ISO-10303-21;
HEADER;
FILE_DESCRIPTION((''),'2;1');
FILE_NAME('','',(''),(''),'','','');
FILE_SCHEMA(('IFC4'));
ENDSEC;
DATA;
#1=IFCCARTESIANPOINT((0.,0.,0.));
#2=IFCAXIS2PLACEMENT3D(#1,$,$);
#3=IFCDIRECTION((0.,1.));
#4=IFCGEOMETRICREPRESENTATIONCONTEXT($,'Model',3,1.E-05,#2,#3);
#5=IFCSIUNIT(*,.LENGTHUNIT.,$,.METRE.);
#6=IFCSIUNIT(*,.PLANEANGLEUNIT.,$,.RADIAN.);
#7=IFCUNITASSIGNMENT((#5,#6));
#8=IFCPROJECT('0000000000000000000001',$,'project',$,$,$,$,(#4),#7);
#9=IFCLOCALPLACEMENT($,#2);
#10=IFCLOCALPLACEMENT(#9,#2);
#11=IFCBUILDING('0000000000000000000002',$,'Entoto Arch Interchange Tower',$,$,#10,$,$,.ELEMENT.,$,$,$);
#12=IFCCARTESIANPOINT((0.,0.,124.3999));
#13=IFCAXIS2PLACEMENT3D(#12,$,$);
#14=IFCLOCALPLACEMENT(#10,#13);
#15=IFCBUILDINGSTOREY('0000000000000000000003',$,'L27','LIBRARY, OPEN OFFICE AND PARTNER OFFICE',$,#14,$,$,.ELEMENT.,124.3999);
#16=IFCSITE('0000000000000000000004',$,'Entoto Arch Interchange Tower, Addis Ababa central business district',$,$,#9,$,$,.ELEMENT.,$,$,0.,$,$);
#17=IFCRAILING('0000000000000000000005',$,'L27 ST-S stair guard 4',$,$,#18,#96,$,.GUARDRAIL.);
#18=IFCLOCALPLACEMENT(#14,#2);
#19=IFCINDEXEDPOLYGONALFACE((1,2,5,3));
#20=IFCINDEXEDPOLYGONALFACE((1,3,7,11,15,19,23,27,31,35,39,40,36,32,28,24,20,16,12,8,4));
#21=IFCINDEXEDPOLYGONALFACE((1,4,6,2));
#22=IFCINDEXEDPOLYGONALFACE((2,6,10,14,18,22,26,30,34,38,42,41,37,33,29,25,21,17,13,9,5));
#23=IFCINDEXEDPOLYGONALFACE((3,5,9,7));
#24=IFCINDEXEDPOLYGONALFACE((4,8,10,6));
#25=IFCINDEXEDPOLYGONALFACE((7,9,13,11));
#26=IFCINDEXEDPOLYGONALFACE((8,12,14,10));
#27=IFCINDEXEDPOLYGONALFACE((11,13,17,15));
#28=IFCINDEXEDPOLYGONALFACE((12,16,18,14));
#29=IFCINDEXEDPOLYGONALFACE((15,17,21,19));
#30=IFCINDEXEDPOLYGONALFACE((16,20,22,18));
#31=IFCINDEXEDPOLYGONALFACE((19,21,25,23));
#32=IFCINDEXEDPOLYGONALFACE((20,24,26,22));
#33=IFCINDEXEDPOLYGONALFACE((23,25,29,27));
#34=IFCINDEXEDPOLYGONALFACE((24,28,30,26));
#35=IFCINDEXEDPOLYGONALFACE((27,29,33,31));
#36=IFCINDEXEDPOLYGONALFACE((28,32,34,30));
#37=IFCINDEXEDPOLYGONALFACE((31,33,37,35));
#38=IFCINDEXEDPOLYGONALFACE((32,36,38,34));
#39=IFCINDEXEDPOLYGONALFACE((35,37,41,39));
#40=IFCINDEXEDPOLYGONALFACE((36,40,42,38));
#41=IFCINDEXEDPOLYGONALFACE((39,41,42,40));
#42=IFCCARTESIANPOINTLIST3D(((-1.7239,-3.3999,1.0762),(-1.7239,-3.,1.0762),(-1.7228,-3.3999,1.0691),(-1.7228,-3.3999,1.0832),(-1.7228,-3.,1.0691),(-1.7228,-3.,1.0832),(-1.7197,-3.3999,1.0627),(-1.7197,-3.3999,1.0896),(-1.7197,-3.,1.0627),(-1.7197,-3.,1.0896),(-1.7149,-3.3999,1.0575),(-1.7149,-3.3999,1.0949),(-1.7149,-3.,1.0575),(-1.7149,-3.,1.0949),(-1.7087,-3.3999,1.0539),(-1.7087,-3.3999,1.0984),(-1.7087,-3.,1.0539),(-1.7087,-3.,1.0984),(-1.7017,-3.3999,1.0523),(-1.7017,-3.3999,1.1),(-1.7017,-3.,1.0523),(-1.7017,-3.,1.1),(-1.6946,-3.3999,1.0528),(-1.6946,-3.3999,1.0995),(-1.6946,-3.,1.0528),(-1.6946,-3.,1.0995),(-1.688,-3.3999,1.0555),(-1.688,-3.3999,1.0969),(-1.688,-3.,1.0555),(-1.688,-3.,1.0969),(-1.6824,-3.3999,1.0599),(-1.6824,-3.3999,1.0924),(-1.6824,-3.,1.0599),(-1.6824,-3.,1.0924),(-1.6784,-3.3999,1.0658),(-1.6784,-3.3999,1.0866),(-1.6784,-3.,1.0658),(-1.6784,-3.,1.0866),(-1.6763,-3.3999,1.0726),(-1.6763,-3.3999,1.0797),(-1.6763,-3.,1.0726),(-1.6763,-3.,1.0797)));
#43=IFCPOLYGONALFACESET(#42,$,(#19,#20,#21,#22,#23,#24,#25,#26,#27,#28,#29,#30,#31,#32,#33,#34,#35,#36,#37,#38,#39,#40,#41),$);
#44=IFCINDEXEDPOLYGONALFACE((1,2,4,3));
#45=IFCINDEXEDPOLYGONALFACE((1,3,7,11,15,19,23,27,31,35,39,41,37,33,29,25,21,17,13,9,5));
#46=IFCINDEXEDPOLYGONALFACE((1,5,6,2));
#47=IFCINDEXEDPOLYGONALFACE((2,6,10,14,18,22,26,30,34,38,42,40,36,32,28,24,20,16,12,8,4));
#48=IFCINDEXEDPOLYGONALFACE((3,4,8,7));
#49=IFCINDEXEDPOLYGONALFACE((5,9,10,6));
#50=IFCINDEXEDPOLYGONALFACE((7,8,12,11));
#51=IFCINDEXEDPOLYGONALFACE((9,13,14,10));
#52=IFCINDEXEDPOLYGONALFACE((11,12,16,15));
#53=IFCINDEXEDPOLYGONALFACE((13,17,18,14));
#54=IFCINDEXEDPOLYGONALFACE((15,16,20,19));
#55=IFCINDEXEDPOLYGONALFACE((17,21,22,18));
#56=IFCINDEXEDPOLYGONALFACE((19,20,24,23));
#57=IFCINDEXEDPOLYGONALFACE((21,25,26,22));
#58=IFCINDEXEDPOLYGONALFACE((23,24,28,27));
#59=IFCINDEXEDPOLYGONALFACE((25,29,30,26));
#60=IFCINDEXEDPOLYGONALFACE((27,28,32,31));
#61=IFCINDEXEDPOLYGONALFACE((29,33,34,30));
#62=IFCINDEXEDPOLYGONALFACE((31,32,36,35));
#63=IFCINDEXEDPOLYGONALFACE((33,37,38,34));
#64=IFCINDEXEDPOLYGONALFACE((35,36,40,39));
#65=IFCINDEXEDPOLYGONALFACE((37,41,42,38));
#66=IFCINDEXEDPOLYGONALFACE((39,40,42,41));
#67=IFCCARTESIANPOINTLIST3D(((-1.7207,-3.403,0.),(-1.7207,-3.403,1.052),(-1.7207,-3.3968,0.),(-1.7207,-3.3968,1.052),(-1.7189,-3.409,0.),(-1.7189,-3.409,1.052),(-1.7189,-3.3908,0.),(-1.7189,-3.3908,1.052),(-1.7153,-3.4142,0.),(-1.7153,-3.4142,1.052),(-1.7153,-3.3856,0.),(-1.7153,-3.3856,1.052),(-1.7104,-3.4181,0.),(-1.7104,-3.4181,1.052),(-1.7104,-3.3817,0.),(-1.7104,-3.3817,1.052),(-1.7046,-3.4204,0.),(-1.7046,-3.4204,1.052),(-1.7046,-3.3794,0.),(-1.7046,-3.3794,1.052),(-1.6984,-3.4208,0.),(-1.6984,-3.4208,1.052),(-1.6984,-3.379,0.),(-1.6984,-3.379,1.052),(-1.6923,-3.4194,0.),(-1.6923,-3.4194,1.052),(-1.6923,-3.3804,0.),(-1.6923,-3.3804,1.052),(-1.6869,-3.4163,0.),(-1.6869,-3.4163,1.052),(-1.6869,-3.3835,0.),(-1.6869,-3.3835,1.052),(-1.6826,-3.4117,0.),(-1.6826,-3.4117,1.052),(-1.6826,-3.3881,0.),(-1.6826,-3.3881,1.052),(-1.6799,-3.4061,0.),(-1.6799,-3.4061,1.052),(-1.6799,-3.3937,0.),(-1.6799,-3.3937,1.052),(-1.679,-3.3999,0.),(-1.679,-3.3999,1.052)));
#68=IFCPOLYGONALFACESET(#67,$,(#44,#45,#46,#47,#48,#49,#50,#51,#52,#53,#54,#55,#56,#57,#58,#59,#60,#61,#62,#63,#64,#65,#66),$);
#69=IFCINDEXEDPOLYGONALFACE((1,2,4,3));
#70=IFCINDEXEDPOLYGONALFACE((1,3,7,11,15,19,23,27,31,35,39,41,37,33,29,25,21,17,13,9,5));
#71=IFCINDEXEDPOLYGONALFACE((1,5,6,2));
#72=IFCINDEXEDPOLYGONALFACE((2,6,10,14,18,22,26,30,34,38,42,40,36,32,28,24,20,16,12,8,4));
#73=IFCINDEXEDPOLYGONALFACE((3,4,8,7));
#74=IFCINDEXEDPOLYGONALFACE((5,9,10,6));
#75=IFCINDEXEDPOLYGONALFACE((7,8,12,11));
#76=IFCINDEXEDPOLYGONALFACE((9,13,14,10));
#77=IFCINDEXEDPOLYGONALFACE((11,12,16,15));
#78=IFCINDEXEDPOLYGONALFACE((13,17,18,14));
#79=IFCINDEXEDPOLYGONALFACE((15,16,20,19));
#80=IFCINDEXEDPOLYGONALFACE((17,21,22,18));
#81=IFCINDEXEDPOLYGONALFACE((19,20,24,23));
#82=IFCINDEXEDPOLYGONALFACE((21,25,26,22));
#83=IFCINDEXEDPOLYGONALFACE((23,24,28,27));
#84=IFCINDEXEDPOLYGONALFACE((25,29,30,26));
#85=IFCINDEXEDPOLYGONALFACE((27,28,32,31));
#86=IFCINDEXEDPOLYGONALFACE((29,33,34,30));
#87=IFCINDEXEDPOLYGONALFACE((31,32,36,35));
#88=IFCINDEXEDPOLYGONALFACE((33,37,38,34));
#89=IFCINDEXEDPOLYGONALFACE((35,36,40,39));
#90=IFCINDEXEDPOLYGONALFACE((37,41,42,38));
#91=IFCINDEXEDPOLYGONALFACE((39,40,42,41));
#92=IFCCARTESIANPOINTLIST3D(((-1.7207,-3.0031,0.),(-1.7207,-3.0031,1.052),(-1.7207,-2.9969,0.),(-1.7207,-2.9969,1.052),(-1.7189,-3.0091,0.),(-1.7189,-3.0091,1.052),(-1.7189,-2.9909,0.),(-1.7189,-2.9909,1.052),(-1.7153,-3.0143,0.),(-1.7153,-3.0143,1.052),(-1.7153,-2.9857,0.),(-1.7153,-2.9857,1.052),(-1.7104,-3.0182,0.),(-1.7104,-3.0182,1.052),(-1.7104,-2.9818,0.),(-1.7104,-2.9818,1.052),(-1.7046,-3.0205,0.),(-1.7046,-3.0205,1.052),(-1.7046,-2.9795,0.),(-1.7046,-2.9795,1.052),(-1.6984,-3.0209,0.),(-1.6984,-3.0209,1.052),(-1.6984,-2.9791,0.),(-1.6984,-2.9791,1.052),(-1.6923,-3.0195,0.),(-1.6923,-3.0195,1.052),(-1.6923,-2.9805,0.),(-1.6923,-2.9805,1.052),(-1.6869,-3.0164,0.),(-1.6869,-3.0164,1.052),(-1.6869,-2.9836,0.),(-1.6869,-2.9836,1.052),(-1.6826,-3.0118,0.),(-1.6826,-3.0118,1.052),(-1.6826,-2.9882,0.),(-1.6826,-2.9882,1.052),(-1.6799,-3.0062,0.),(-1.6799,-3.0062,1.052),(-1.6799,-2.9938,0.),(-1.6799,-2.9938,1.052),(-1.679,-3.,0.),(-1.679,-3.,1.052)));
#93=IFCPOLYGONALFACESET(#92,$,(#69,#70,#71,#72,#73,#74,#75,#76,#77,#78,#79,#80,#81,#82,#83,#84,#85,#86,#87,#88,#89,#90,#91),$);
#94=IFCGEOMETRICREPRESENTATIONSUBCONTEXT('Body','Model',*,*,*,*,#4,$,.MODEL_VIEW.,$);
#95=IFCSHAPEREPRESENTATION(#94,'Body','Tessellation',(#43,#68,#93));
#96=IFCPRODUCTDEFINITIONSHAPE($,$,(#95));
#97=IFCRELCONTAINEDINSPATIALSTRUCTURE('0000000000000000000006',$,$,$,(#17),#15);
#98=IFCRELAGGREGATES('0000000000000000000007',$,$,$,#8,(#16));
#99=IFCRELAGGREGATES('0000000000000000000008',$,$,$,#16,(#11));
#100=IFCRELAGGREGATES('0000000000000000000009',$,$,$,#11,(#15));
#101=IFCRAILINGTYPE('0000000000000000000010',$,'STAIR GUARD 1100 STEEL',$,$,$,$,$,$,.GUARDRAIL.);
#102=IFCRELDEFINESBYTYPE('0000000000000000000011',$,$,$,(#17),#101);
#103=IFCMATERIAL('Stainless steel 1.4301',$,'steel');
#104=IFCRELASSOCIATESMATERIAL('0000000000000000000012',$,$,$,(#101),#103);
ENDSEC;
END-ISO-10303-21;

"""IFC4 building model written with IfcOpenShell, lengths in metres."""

from ifc_helpers import new_model, si_unit, direction, frame, origin, origin_2d, place, context, subcontext, project, spatial, circle, extrude, material, type_object, element, save


model = new_model("IFC4")

# Units and contexts
model_context = context("Model", 3, precision=1e-05, world=origin(), true_north=direction((0.0, 1.0)))
body_context = subcontext(model_context, "Body", "Model", "MODEL_VIEW")
ifc_project = project(units=[si_unit("LENGTHUNIT", "METRE"), si_unit("PLANEANGLEUNIT", "RADIAN")], contexts=[model_context])

# Site, building, storey
site_placement = place(None, origin())
site = spatial("IfcSite", under=ifc_project, at=site_placement, Name="Entoto Arch Interchange Tower, Addis Ababa central business district", CompositionType="ELEMENT", RefElevation=0.0)
building_placement = place(site_placement, origin())
building = spatial("IfcBuilding", under=site, at=building_placement, Name="Entoto Arch Interchange Tower", CompositionType="ELEMENT")
storey_placement = place(building_placement, frame((0.0, 0.0, 124.3999)))
storey = spatial("IfcBuildingStorey", under=building, at=storey_placement, Name="L27", Description="LIBRARY, OPEN OFFICE AND PARTNER OFFICE", CompositionType="ELEMENT", Elevation=124.3999)

# Railing
ifc_material_1 = material(Name="Stainless steel 1.4301", Category="steel")
railing_type_1 = type_object("IfcRailingType", Name="STAIR GUARD 1100 STEEL", PredefinedType="GUARDRAIL", material=ifc_material_1)
railing_1_placement = place(storey_placement, frame((-1.7, -3.3999, 0.0)))
element("IfcRailing", 1, at=railing_1_placement, inside=storey, type_object=railing_type_1, Name="L27 ST-S stair guard 4", PredefinedType="GUARDRAIL", context=body_context, shape_type="SweptSolid", body=[
    extrude(circle(Radius=0.0239, at=origin_2d()), frame((0.0, 0.0, 1.0762), z_axis=(0.0, 1.0, 0.0), x_axis=(-1.0, 0.0, 0.0)), (0.0, 0.0, 1.0), 0.3999),
    extrude(circle(Radius=0.021, at=origin_2d()), origin(), (0.0, 0.0, 1.0), 1.052),
    extrude(circle(Radius=0.021, at=origin_2d()), frame((0.0, 0.3999, 0.0)), (0.0, 0.0, 1.0), 1.052),
])

save(model, "model.ifc")
